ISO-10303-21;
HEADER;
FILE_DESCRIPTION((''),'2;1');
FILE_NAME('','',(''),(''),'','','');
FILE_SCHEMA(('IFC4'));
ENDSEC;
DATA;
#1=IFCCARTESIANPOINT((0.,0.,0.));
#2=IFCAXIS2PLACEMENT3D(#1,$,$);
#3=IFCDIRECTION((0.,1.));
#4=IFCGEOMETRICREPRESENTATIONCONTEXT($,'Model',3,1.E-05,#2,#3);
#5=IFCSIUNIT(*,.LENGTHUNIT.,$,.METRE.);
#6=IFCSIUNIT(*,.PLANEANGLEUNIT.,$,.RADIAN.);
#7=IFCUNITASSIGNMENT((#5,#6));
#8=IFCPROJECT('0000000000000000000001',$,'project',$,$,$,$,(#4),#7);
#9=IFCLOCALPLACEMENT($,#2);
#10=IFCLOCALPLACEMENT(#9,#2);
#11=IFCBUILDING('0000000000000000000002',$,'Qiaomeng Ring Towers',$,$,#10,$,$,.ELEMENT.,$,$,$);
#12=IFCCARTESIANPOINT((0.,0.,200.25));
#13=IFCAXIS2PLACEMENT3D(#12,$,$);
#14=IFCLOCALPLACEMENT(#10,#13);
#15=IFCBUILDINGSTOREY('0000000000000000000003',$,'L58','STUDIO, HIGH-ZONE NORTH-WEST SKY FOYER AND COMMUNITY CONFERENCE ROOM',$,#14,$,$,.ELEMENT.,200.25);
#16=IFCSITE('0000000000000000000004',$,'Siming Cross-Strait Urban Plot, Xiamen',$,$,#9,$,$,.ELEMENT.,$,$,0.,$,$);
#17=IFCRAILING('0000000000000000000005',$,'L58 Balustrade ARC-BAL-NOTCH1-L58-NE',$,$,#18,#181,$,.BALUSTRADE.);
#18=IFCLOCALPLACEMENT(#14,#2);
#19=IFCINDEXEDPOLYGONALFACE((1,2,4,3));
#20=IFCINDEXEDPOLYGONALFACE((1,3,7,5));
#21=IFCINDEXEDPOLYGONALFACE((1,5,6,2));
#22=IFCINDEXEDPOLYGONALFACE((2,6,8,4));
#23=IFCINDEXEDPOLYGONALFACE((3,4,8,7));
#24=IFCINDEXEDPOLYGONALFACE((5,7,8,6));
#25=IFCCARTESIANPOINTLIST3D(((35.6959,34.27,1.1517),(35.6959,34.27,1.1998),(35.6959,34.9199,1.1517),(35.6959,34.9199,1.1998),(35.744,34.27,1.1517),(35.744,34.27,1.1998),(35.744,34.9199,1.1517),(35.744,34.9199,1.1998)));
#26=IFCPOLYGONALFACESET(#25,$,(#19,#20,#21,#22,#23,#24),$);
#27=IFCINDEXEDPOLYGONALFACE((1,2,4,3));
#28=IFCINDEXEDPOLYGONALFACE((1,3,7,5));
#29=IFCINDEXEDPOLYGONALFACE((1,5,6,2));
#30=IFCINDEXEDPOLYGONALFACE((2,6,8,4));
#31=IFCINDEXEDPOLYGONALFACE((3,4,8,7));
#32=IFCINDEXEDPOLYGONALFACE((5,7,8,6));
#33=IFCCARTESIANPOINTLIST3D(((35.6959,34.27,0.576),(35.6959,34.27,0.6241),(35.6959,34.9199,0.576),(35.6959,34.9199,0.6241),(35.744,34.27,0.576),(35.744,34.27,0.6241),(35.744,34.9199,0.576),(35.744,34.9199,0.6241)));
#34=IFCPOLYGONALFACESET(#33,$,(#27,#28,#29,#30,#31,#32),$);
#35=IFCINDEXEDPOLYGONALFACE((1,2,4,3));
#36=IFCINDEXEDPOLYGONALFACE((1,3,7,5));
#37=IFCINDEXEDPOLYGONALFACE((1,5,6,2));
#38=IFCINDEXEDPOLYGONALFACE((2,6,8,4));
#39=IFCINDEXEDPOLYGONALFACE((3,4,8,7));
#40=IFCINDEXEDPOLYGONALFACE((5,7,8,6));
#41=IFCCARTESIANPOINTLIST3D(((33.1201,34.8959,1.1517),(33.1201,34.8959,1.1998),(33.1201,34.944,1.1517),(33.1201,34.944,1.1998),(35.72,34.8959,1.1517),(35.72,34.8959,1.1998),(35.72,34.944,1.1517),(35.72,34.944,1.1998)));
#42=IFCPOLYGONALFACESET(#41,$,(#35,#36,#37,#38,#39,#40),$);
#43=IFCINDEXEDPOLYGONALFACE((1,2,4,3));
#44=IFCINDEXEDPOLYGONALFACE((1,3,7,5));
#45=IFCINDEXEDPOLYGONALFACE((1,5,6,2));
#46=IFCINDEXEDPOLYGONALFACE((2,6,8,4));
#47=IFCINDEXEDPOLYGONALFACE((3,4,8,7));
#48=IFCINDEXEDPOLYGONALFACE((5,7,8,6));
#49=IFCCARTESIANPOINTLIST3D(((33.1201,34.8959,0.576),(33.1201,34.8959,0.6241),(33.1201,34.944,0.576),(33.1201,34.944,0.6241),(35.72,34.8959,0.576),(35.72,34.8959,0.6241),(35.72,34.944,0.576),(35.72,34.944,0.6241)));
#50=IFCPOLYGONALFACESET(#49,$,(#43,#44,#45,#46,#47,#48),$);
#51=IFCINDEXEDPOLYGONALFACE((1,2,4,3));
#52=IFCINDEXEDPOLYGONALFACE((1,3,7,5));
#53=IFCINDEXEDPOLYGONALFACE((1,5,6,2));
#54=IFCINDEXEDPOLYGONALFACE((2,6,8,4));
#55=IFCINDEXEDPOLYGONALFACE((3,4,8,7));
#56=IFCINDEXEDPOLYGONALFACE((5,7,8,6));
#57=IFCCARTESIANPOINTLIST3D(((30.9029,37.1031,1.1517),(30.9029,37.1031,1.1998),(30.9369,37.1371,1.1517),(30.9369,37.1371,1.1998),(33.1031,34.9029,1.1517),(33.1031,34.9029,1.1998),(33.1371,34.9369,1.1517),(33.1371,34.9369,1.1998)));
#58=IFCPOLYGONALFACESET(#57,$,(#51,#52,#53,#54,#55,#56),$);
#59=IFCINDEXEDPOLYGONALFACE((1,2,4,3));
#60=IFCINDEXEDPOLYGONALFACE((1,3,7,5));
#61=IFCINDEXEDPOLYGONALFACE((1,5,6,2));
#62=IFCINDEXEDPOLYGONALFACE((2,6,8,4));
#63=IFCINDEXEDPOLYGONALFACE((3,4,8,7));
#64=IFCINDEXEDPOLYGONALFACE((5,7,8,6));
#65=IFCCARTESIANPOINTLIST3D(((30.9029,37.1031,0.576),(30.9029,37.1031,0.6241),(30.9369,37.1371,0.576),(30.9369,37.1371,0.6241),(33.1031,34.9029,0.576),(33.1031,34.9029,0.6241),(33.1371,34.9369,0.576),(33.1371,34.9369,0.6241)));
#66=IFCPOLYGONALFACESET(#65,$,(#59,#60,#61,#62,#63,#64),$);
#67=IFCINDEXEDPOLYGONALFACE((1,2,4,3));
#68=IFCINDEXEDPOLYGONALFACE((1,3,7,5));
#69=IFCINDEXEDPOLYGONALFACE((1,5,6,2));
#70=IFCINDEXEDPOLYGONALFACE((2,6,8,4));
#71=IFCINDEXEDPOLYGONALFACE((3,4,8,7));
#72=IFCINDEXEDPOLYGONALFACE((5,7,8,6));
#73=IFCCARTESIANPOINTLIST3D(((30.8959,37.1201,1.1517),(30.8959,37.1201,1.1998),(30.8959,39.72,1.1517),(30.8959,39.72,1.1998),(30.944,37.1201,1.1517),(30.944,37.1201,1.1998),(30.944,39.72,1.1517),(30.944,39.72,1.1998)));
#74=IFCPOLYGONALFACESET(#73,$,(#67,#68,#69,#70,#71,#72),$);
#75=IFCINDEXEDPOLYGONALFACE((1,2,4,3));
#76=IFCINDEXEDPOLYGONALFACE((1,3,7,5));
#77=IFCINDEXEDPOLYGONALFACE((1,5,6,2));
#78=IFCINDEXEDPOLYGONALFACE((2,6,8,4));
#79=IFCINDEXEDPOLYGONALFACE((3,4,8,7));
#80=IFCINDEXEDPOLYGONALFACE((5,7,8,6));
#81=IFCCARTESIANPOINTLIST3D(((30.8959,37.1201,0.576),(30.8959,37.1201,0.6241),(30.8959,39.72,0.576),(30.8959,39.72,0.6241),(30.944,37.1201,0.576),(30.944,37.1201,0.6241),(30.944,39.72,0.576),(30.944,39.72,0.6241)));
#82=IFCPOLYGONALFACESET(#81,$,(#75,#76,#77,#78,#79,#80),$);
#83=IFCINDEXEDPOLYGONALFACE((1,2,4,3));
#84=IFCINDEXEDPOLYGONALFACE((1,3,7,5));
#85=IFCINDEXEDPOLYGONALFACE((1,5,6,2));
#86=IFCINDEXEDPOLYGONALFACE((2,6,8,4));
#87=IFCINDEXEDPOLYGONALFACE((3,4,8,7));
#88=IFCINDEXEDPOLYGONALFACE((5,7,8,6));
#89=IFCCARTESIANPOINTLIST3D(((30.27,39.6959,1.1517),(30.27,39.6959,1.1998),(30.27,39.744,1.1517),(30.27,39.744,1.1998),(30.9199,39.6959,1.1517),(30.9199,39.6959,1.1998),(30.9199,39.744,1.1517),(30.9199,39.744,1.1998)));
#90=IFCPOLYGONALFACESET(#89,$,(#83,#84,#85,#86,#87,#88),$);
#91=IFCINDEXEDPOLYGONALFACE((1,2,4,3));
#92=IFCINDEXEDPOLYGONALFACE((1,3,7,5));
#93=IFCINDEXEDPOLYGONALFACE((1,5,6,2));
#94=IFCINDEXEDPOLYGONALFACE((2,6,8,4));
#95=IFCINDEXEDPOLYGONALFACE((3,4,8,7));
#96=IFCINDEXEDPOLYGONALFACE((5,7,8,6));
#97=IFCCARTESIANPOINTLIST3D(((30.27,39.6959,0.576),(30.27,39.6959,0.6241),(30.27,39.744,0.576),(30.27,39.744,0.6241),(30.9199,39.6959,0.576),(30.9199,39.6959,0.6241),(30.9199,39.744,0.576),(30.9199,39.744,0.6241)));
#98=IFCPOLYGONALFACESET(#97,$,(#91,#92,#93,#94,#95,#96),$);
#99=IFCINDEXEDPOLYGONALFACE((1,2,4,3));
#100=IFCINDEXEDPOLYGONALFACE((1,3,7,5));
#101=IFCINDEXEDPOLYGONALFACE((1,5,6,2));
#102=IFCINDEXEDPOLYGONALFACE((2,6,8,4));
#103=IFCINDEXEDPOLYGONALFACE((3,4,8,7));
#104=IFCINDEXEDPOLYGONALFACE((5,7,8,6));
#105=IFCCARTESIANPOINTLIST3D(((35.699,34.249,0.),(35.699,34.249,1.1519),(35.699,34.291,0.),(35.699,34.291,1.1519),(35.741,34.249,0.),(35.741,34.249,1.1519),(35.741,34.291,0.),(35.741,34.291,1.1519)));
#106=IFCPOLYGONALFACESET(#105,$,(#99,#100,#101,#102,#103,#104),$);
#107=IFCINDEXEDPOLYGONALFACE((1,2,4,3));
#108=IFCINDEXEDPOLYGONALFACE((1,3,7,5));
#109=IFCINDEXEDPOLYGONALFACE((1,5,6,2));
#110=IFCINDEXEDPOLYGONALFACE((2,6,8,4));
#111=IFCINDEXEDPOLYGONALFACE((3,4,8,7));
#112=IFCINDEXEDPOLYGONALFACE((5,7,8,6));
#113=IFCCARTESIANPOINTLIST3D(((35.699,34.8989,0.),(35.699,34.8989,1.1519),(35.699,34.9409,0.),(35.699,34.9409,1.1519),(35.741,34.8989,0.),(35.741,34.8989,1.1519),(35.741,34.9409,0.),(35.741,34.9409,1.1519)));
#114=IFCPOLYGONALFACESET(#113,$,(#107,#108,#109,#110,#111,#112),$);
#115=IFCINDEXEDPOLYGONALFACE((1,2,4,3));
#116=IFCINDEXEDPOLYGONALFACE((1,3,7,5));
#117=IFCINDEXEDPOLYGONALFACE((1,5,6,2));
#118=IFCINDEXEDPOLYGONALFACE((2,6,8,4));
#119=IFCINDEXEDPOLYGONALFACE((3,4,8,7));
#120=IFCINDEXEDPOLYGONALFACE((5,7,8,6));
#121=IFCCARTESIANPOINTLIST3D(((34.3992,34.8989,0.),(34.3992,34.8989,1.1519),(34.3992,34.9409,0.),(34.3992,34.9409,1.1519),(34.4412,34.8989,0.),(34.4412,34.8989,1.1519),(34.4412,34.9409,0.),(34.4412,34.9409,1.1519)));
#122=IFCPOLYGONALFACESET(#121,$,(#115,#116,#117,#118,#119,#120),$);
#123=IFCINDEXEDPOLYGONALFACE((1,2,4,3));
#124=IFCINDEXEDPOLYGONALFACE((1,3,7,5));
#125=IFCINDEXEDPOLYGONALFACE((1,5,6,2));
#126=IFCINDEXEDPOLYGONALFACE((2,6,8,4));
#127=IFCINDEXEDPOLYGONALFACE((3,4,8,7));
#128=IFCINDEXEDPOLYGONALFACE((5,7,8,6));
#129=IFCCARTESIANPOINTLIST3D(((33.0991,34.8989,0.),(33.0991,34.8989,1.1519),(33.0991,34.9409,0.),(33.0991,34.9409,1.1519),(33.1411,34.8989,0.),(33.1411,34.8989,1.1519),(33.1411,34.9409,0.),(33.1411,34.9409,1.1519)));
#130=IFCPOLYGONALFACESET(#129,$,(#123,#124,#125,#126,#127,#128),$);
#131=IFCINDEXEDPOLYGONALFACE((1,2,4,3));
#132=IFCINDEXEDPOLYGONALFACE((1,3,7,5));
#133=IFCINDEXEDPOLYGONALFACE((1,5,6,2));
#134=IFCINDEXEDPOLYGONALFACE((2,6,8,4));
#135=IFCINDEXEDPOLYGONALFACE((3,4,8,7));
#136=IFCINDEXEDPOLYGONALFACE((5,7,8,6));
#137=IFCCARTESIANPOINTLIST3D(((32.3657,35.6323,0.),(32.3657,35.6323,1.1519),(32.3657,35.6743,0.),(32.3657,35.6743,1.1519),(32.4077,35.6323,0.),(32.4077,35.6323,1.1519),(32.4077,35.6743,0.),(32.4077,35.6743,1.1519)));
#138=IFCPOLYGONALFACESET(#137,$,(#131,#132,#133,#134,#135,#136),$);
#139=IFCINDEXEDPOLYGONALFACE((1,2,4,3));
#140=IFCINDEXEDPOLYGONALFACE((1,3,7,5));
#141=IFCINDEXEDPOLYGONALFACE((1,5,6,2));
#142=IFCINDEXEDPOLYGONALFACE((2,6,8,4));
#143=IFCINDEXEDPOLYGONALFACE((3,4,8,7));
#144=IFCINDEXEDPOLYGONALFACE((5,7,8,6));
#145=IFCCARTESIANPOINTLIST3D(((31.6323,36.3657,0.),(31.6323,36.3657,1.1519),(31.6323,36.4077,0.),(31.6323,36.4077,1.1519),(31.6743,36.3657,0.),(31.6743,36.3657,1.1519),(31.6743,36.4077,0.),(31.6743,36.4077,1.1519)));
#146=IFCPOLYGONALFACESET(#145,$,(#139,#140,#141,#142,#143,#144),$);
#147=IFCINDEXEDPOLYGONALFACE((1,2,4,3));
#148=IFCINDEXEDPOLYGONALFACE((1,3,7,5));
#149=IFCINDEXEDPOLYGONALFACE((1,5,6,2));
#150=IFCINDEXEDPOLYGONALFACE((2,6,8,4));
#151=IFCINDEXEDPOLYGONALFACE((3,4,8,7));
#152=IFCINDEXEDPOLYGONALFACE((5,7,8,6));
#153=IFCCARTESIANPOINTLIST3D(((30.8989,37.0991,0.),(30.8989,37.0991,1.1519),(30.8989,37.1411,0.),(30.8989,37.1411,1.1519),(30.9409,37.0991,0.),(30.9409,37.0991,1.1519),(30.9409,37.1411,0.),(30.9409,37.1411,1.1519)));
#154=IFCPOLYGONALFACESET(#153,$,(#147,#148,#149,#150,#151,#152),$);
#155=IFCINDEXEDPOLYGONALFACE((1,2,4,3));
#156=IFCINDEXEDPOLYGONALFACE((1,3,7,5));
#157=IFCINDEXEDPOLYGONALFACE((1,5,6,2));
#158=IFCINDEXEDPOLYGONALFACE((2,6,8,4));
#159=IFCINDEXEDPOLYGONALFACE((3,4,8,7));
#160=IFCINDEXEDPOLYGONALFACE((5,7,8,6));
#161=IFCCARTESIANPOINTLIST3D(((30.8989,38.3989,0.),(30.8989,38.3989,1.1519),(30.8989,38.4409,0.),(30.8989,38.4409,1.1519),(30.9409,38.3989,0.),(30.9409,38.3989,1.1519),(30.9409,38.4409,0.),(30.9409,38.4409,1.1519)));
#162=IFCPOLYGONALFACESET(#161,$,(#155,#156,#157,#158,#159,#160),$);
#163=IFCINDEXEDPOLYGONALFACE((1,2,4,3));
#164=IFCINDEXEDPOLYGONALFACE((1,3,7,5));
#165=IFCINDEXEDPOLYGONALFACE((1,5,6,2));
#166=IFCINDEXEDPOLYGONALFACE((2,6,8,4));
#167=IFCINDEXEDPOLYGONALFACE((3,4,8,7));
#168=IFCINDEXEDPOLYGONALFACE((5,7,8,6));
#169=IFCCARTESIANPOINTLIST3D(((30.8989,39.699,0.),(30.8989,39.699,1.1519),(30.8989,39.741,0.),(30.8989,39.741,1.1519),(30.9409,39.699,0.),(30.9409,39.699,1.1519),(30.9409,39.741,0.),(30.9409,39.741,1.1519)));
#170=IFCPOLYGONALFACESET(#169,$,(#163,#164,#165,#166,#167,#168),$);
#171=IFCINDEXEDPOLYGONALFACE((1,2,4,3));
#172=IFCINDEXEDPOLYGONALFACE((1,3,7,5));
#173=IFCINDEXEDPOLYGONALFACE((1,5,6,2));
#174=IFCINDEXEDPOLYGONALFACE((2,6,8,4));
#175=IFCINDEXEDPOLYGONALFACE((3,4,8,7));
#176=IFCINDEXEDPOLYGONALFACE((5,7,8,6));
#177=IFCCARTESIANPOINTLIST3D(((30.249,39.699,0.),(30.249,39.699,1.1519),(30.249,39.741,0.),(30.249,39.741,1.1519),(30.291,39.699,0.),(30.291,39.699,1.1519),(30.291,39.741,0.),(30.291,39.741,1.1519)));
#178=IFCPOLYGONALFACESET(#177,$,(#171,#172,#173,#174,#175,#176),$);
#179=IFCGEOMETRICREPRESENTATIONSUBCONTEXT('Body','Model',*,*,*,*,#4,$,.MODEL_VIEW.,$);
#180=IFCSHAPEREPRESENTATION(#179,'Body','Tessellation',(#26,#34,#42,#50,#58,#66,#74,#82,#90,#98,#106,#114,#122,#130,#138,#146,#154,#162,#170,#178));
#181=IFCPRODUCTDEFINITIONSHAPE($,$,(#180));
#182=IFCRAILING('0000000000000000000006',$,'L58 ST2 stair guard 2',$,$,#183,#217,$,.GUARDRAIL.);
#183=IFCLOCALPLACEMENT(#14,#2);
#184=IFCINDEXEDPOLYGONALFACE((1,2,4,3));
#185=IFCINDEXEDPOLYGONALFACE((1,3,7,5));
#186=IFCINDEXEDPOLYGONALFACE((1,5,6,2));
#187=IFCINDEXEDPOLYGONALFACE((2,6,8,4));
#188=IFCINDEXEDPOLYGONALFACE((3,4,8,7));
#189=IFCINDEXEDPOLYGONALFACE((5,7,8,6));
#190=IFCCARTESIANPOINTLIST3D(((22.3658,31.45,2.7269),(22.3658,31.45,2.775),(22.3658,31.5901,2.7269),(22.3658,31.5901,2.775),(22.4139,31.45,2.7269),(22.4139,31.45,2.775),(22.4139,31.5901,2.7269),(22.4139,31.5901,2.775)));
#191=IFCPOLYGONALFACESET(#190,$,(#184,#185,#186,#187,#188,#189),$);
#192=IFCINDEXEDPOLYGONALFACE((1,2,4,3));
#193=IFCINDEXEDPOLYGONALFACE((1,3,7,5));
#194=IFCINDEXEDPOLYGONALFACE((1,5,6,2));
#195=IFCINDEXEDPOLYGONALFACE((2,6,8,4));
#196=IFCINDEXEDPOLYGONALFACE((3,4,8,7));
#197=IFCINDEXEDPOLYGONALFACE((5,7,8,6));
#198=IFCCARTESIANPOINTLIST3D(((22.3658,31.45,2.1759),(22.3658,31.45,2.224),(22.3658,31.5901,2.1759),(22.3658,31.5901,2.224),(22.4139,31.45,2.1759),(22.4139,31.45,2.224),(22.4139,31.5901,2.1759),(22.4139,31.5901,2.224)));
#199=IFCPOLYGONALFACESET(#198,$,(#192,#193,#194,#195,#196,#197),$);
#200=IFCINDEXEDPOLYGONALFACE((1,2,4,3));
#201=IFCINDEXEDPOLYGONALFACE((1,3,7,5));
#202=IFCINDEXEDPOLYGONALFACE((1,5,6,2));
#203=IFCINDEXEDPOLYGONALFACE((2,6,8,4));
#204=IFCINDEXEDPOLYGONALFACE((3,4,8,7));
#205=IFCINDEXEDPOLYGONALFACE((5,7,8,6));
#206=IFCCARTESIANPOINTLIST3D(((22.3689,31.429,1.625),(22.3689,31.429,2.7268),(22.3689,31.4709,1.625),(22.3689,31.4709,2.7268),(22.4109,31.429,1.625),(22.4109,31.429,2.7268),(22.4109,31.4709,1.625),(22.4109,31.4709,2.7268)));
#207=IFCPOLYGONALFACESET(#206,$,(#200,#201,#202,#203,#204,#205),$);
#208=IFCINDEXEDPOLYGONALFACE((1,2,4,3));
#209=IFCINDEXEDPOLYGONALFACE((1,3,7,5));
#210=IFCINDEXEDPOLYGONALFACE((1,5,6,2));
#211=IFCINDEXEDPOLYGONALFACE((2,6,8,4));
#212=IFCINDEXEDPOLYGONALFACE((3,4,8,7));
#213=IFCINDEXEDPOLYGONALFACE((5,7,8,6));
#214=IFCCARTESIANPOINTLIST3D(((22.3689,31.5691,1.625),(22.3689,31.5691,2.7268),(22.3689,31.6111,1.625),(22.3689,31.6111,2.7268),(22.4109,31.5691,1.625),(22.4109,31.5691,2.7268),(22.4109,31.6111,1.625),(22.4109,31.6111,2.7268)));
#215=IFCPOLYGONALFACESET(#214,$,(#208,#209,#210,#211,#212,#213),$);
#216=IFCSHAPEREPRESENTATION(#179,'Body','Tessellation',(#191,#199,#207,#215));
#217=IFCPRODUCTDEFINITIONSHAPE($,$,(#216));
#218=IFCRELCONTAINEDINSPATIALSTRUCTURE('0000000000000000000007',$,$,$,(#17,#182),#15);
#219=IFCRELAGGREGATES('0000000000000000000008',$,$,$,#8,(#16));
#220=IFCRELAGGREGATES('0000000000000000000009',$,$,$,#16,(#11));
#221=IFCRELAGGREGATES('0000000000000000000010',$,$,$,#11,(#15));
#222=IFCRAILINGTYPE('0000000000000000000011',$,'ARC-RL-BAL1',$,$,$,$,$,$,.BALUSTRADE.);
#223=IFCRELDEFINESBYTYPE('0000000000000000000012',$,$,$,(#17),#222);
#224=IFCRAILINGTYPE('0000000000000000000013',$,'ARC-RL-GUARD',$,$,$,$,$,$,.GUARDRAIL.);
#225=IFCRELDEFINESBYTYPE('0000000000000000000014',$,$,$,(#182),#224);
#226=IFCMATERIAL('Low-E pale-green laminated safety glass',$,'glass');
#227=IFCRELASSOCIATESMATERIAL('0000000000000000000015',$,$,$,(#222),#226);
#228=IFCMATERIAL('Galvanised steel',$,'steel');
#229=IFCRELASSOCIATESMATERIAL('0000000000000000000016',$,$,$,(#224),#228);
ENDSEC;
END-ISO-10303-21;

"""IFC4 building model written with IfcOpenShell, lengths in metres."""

from ifc_helpers import new_model, si_unit, direction, frame, origin, origin_2d, place, context, subcontext, project, spatial, rectangle, extrude, material, type_object, element, save


model = new_model("IFC4")

# Units and contexts
model_context = context("Model", 3, precision=1e-05, world=origin(), true_north=direction((0.0, 1.0)))
body_context = subcontext(model_context, "Body", "Model", "MODEL_VIEW")
ifc_project = project(units=[si_unit("LENGTHUNIT", "METRE"), si_unit("PLANEANGLEUNIT", "RADIAN")], contexts=[model_context])

# Site, building, storey
site_placement = place(None, origin())
site = spatial("IfcSite", under=ifc_project, at=site_placement, Name="Siming Cross-Strait Urban Plot, Xiamen", CompositionType="ELEMENT", RefElevation=0.0)
building_placement = place(site_placement, origin())
building = spatial("IfcBuilding", under=site, at=building_placement, Name="Qiaomeng Ring Towers", CompositionType="ELEMENT")
storey_placement = place(building_placement, frame((0.0, 0.0, 200.25)))
storey = spatial("IfcBuildingStorey", under=building, at=storey_placement, Name="L58", Description="STUDIO, HIGH-ZONE NORTH-WEST SKY FOYER AND COMMUNITY CONFERENCE ROOM", CompositionType="ELEMENT", Elevation=200.25)

# Railings
ifc_material_1 = material(Name="Low-E pale-green laminated safety glass", Category="glass")
railing_type_1 = type_object("IfcRailingType", Name="ARC-RL-BAL1", PredefinedType="BALUSTRADE", material=ifc_material_1)
railing_1_placement = place(storey_placement, frame((35.72, 34.27, 0.0)))
element("IfcRailing", 1, at=railing_1_placement, inside=storey, type_object=railing_type_1, Name="L58 Balustrade ARC-BAL-NOTCH1-L58-NE", PredefinedType="BALUSTRADE", context=body_context, shape_type="SweptSolid", body=[
    extrude(rectangle(XDim=0.0481, YDim=0.0481, at=origin_2d()), frame((0.0, 0.0, 1.1758), z_axis=(0.0, 1.0, 0.0), x_axis=(-1.0, 0.0, 0.0)), (0.0, 0.0, 1.0), 0.6499),
    extrude(rectangle(XDim=0.0481, YDim=0.0481, at=origin_2d()), frame((0.0, 0.0, 0.6001), z_axis=(0.0, 1.0, 0.0), x_axis=(-1.0, 0.0, 0.0)), (0.0, 0.0, 1.0), 0.6499),
    extrude(rectangle(XDim=0.0481, YDim=0.0481, at=origin_2d()), frame((0.0, 0.6499, 1.1758), z_axis=(-1.0, 0.0, 0.0), x_axis=(0.0, -1.0, 0.0)), (0.0, 0.0, 1.0), 2.5999),
    extrude(rectangle(XDim=0.0481, YDim=0.0481, at=origin_2d()), frame((0.0, 0.6499, 0.6001), z_axis=(-1.0, 0.0, 0.0), x_axis=(0.0, -1.0, 0.0)), (0.0, 0.0, 1.0), 2.5999),
    extrude(rectangle(XDim=0.0481, YDim=0.0481, at=origin_2d()), frame((-2.5999, 0.6499, 1.1758), z_axis=(-0.707107, 0.707107, 0.0), x_axis=(-0.707107, -0.707107, 0.0)), (0.0, 0.0, 1.0), 3.1116),
    extrude(rectangle(XDim=0.0481, YDim=0.0481, at=origin_2d()), frame((-2.5999, 0.6499, 0.6001), z_axis=(-0.707107, 0.707107, 0.0), x_axis=(-0.707107, -0.707107, 0.0)), (0.0, 0.0, 1.0), 3.1116),
    extrude(rectangle(XDim=0.0481, YDim=0.0481, at=origin_2d()), frame((-4.8, 2.8501, 1.1758), z_axis=(0.0, 1.0, 0.0), x_axis=(-1.0, 0.0, 0.0)), (0.0, 0.0, 1.0), 2.5999),
    extrude(rectangle(XDim=0.0481, YDim=0.0481, at=origin_2d()), frame((-4.8, 2.8501, 0.6001), z_axis=(0.0, 1.0, 0.0), x_axis=(-1.0, 0.0, 0.0)), (0.0, 0.0, 1.0), 2.5999),
    extrude(rectangle(XDim=0.0481, YDim=0.0481, at=origin_2d()), frame((-4.8, 5.45, 1.1758), z_axis=(-1.0, 0.0, 0.0), x_axis=(0.0, -1.0, 0.0)), (0.0, 0.0, 1.0), 0.6499),
    extrude(rectangle(XDim=0.0481, YDim=0.0481, at=origin_2d()), frame((-4.8, 5.45, 0.6001), z_axis=(-1.0, 0.0, 0.0), x_axis=(0.0, -1.0, 0.0)), (0.0, 0.0, 1.0), 0.6499),
    extrude(rectangle(XDim=0.042, YDim=0.042, at=origin_2d()), origin(), (0.0, 0.0, 1.0), 1.1519),
    extrude(rectangle(XDim=0.042, YDim=0.042, at=origin_2d()), frame((0.0, 0.6499, 0.0)), (0.0, 0.0, 1.0), 1.1519),
    extrude(rectangle(XDim=0.042, YDim=0.042, at=origin_2d()), frame((-1.2998, 0.6499, 0.0)), (0.0, 0.0, 1.0), 1.1519),
    extrude(rectangle(XDim=0.042, YDim=0.042, at=origin_2d()), frame((-2.5999, 0.6499, 0.0)), (0.0, 0.0, 1.0), 1.1519),
    extrude(rectangle(XDim=0.042, YDim=0.042, at=origin_2d()), frame((-3.3333, 1.3833, 0.0)), (0.0, 0.0, 1.0), 1.1519),
    extrude(rectangle(XDim=0.042, YDim=0.042, at=origin_2d()), frame((-4.0667, 2.1167, 0.0)), (0.0, 0.0, 1.0), 1.1519),
    extrude(rectangle(XDim=0.042, YDim=0.042, at=origin_2d()), frame((-4.8, 2.8501, 0.0)), (0.0, 0.0, 1.0), 1.1519),
    extrude(rectangle(XDim=0.042, YDim=0.042, at=origin_2d()), frame((-4.8, 4.1499, 0.0)), (0.0, 0.0, 1.0), 1.1519),
    extrude(rectangle(XDim=0.042, YDim=0.042, at=origin_2d()), frame((-4.8, 5.45, 0.0)), (0.0, 0.0, 1.0), 1.1519),
    extrude(rectangle(XDim=0.042, YDim=0.042, at=origin_2d()), frame((-5.45, 5.45, 0.0)), (0.0, 0.0, 1.0), 1.1519),
])
ifc_material_2 = material(Name="Galvanised steel", Category="steel")
railing_type_2 = type_object("IfcRailingType", Name="ARC-RL-GUARD", PredefinedType="GUARDRAIL", material=ifc_material_2)
railing_2_placement = place(storey_placement, frame((22.3899, 31.45, 1.625)))
element("IfcRailing", 2, at=railing_2_placement, inside=storey, type_object=railing_type_2, Name="L58 ST2 stair guard 2", PredefinedType="GUARDRAIL", context=body_context, shape_type="SweptSolid", body=[
    extrude(rectangle(XDim=0.0481, YDim=0.0481, at=origin_2d()), frame((0.0, 0.0, 1.126), z_axis=(0.0, 1.0, 0.0), x_axis=(-1.0, 0.0, 0.0)), (0.0, 0.0, 1.0), 0.1401),
    extrude(rectangle(XDim=0.0481, YDim=0.0481, at=origin_2d()), frame((0.0, 0.0, 0.575), z_axis=(0.0, 1.0, 0.0), x_axis=(-1.0, 0.0, 0.0)), (0.0, 0.0, 1.0), 0.1401),
    extrude(rectangle(XDim=0.042, YDim=0.042, at=origin_2d()), origin(), (0.0, 0.0, 1.0), 1.1018),
    extrude(rectangle(XDim=0.042, YDim=0.042, at=origin_2d()), frame((0.0, 0.1401, 0.0)), (0.0, 0.0, 1.0), 1.1018),
])

save(model, "model.ifc")
